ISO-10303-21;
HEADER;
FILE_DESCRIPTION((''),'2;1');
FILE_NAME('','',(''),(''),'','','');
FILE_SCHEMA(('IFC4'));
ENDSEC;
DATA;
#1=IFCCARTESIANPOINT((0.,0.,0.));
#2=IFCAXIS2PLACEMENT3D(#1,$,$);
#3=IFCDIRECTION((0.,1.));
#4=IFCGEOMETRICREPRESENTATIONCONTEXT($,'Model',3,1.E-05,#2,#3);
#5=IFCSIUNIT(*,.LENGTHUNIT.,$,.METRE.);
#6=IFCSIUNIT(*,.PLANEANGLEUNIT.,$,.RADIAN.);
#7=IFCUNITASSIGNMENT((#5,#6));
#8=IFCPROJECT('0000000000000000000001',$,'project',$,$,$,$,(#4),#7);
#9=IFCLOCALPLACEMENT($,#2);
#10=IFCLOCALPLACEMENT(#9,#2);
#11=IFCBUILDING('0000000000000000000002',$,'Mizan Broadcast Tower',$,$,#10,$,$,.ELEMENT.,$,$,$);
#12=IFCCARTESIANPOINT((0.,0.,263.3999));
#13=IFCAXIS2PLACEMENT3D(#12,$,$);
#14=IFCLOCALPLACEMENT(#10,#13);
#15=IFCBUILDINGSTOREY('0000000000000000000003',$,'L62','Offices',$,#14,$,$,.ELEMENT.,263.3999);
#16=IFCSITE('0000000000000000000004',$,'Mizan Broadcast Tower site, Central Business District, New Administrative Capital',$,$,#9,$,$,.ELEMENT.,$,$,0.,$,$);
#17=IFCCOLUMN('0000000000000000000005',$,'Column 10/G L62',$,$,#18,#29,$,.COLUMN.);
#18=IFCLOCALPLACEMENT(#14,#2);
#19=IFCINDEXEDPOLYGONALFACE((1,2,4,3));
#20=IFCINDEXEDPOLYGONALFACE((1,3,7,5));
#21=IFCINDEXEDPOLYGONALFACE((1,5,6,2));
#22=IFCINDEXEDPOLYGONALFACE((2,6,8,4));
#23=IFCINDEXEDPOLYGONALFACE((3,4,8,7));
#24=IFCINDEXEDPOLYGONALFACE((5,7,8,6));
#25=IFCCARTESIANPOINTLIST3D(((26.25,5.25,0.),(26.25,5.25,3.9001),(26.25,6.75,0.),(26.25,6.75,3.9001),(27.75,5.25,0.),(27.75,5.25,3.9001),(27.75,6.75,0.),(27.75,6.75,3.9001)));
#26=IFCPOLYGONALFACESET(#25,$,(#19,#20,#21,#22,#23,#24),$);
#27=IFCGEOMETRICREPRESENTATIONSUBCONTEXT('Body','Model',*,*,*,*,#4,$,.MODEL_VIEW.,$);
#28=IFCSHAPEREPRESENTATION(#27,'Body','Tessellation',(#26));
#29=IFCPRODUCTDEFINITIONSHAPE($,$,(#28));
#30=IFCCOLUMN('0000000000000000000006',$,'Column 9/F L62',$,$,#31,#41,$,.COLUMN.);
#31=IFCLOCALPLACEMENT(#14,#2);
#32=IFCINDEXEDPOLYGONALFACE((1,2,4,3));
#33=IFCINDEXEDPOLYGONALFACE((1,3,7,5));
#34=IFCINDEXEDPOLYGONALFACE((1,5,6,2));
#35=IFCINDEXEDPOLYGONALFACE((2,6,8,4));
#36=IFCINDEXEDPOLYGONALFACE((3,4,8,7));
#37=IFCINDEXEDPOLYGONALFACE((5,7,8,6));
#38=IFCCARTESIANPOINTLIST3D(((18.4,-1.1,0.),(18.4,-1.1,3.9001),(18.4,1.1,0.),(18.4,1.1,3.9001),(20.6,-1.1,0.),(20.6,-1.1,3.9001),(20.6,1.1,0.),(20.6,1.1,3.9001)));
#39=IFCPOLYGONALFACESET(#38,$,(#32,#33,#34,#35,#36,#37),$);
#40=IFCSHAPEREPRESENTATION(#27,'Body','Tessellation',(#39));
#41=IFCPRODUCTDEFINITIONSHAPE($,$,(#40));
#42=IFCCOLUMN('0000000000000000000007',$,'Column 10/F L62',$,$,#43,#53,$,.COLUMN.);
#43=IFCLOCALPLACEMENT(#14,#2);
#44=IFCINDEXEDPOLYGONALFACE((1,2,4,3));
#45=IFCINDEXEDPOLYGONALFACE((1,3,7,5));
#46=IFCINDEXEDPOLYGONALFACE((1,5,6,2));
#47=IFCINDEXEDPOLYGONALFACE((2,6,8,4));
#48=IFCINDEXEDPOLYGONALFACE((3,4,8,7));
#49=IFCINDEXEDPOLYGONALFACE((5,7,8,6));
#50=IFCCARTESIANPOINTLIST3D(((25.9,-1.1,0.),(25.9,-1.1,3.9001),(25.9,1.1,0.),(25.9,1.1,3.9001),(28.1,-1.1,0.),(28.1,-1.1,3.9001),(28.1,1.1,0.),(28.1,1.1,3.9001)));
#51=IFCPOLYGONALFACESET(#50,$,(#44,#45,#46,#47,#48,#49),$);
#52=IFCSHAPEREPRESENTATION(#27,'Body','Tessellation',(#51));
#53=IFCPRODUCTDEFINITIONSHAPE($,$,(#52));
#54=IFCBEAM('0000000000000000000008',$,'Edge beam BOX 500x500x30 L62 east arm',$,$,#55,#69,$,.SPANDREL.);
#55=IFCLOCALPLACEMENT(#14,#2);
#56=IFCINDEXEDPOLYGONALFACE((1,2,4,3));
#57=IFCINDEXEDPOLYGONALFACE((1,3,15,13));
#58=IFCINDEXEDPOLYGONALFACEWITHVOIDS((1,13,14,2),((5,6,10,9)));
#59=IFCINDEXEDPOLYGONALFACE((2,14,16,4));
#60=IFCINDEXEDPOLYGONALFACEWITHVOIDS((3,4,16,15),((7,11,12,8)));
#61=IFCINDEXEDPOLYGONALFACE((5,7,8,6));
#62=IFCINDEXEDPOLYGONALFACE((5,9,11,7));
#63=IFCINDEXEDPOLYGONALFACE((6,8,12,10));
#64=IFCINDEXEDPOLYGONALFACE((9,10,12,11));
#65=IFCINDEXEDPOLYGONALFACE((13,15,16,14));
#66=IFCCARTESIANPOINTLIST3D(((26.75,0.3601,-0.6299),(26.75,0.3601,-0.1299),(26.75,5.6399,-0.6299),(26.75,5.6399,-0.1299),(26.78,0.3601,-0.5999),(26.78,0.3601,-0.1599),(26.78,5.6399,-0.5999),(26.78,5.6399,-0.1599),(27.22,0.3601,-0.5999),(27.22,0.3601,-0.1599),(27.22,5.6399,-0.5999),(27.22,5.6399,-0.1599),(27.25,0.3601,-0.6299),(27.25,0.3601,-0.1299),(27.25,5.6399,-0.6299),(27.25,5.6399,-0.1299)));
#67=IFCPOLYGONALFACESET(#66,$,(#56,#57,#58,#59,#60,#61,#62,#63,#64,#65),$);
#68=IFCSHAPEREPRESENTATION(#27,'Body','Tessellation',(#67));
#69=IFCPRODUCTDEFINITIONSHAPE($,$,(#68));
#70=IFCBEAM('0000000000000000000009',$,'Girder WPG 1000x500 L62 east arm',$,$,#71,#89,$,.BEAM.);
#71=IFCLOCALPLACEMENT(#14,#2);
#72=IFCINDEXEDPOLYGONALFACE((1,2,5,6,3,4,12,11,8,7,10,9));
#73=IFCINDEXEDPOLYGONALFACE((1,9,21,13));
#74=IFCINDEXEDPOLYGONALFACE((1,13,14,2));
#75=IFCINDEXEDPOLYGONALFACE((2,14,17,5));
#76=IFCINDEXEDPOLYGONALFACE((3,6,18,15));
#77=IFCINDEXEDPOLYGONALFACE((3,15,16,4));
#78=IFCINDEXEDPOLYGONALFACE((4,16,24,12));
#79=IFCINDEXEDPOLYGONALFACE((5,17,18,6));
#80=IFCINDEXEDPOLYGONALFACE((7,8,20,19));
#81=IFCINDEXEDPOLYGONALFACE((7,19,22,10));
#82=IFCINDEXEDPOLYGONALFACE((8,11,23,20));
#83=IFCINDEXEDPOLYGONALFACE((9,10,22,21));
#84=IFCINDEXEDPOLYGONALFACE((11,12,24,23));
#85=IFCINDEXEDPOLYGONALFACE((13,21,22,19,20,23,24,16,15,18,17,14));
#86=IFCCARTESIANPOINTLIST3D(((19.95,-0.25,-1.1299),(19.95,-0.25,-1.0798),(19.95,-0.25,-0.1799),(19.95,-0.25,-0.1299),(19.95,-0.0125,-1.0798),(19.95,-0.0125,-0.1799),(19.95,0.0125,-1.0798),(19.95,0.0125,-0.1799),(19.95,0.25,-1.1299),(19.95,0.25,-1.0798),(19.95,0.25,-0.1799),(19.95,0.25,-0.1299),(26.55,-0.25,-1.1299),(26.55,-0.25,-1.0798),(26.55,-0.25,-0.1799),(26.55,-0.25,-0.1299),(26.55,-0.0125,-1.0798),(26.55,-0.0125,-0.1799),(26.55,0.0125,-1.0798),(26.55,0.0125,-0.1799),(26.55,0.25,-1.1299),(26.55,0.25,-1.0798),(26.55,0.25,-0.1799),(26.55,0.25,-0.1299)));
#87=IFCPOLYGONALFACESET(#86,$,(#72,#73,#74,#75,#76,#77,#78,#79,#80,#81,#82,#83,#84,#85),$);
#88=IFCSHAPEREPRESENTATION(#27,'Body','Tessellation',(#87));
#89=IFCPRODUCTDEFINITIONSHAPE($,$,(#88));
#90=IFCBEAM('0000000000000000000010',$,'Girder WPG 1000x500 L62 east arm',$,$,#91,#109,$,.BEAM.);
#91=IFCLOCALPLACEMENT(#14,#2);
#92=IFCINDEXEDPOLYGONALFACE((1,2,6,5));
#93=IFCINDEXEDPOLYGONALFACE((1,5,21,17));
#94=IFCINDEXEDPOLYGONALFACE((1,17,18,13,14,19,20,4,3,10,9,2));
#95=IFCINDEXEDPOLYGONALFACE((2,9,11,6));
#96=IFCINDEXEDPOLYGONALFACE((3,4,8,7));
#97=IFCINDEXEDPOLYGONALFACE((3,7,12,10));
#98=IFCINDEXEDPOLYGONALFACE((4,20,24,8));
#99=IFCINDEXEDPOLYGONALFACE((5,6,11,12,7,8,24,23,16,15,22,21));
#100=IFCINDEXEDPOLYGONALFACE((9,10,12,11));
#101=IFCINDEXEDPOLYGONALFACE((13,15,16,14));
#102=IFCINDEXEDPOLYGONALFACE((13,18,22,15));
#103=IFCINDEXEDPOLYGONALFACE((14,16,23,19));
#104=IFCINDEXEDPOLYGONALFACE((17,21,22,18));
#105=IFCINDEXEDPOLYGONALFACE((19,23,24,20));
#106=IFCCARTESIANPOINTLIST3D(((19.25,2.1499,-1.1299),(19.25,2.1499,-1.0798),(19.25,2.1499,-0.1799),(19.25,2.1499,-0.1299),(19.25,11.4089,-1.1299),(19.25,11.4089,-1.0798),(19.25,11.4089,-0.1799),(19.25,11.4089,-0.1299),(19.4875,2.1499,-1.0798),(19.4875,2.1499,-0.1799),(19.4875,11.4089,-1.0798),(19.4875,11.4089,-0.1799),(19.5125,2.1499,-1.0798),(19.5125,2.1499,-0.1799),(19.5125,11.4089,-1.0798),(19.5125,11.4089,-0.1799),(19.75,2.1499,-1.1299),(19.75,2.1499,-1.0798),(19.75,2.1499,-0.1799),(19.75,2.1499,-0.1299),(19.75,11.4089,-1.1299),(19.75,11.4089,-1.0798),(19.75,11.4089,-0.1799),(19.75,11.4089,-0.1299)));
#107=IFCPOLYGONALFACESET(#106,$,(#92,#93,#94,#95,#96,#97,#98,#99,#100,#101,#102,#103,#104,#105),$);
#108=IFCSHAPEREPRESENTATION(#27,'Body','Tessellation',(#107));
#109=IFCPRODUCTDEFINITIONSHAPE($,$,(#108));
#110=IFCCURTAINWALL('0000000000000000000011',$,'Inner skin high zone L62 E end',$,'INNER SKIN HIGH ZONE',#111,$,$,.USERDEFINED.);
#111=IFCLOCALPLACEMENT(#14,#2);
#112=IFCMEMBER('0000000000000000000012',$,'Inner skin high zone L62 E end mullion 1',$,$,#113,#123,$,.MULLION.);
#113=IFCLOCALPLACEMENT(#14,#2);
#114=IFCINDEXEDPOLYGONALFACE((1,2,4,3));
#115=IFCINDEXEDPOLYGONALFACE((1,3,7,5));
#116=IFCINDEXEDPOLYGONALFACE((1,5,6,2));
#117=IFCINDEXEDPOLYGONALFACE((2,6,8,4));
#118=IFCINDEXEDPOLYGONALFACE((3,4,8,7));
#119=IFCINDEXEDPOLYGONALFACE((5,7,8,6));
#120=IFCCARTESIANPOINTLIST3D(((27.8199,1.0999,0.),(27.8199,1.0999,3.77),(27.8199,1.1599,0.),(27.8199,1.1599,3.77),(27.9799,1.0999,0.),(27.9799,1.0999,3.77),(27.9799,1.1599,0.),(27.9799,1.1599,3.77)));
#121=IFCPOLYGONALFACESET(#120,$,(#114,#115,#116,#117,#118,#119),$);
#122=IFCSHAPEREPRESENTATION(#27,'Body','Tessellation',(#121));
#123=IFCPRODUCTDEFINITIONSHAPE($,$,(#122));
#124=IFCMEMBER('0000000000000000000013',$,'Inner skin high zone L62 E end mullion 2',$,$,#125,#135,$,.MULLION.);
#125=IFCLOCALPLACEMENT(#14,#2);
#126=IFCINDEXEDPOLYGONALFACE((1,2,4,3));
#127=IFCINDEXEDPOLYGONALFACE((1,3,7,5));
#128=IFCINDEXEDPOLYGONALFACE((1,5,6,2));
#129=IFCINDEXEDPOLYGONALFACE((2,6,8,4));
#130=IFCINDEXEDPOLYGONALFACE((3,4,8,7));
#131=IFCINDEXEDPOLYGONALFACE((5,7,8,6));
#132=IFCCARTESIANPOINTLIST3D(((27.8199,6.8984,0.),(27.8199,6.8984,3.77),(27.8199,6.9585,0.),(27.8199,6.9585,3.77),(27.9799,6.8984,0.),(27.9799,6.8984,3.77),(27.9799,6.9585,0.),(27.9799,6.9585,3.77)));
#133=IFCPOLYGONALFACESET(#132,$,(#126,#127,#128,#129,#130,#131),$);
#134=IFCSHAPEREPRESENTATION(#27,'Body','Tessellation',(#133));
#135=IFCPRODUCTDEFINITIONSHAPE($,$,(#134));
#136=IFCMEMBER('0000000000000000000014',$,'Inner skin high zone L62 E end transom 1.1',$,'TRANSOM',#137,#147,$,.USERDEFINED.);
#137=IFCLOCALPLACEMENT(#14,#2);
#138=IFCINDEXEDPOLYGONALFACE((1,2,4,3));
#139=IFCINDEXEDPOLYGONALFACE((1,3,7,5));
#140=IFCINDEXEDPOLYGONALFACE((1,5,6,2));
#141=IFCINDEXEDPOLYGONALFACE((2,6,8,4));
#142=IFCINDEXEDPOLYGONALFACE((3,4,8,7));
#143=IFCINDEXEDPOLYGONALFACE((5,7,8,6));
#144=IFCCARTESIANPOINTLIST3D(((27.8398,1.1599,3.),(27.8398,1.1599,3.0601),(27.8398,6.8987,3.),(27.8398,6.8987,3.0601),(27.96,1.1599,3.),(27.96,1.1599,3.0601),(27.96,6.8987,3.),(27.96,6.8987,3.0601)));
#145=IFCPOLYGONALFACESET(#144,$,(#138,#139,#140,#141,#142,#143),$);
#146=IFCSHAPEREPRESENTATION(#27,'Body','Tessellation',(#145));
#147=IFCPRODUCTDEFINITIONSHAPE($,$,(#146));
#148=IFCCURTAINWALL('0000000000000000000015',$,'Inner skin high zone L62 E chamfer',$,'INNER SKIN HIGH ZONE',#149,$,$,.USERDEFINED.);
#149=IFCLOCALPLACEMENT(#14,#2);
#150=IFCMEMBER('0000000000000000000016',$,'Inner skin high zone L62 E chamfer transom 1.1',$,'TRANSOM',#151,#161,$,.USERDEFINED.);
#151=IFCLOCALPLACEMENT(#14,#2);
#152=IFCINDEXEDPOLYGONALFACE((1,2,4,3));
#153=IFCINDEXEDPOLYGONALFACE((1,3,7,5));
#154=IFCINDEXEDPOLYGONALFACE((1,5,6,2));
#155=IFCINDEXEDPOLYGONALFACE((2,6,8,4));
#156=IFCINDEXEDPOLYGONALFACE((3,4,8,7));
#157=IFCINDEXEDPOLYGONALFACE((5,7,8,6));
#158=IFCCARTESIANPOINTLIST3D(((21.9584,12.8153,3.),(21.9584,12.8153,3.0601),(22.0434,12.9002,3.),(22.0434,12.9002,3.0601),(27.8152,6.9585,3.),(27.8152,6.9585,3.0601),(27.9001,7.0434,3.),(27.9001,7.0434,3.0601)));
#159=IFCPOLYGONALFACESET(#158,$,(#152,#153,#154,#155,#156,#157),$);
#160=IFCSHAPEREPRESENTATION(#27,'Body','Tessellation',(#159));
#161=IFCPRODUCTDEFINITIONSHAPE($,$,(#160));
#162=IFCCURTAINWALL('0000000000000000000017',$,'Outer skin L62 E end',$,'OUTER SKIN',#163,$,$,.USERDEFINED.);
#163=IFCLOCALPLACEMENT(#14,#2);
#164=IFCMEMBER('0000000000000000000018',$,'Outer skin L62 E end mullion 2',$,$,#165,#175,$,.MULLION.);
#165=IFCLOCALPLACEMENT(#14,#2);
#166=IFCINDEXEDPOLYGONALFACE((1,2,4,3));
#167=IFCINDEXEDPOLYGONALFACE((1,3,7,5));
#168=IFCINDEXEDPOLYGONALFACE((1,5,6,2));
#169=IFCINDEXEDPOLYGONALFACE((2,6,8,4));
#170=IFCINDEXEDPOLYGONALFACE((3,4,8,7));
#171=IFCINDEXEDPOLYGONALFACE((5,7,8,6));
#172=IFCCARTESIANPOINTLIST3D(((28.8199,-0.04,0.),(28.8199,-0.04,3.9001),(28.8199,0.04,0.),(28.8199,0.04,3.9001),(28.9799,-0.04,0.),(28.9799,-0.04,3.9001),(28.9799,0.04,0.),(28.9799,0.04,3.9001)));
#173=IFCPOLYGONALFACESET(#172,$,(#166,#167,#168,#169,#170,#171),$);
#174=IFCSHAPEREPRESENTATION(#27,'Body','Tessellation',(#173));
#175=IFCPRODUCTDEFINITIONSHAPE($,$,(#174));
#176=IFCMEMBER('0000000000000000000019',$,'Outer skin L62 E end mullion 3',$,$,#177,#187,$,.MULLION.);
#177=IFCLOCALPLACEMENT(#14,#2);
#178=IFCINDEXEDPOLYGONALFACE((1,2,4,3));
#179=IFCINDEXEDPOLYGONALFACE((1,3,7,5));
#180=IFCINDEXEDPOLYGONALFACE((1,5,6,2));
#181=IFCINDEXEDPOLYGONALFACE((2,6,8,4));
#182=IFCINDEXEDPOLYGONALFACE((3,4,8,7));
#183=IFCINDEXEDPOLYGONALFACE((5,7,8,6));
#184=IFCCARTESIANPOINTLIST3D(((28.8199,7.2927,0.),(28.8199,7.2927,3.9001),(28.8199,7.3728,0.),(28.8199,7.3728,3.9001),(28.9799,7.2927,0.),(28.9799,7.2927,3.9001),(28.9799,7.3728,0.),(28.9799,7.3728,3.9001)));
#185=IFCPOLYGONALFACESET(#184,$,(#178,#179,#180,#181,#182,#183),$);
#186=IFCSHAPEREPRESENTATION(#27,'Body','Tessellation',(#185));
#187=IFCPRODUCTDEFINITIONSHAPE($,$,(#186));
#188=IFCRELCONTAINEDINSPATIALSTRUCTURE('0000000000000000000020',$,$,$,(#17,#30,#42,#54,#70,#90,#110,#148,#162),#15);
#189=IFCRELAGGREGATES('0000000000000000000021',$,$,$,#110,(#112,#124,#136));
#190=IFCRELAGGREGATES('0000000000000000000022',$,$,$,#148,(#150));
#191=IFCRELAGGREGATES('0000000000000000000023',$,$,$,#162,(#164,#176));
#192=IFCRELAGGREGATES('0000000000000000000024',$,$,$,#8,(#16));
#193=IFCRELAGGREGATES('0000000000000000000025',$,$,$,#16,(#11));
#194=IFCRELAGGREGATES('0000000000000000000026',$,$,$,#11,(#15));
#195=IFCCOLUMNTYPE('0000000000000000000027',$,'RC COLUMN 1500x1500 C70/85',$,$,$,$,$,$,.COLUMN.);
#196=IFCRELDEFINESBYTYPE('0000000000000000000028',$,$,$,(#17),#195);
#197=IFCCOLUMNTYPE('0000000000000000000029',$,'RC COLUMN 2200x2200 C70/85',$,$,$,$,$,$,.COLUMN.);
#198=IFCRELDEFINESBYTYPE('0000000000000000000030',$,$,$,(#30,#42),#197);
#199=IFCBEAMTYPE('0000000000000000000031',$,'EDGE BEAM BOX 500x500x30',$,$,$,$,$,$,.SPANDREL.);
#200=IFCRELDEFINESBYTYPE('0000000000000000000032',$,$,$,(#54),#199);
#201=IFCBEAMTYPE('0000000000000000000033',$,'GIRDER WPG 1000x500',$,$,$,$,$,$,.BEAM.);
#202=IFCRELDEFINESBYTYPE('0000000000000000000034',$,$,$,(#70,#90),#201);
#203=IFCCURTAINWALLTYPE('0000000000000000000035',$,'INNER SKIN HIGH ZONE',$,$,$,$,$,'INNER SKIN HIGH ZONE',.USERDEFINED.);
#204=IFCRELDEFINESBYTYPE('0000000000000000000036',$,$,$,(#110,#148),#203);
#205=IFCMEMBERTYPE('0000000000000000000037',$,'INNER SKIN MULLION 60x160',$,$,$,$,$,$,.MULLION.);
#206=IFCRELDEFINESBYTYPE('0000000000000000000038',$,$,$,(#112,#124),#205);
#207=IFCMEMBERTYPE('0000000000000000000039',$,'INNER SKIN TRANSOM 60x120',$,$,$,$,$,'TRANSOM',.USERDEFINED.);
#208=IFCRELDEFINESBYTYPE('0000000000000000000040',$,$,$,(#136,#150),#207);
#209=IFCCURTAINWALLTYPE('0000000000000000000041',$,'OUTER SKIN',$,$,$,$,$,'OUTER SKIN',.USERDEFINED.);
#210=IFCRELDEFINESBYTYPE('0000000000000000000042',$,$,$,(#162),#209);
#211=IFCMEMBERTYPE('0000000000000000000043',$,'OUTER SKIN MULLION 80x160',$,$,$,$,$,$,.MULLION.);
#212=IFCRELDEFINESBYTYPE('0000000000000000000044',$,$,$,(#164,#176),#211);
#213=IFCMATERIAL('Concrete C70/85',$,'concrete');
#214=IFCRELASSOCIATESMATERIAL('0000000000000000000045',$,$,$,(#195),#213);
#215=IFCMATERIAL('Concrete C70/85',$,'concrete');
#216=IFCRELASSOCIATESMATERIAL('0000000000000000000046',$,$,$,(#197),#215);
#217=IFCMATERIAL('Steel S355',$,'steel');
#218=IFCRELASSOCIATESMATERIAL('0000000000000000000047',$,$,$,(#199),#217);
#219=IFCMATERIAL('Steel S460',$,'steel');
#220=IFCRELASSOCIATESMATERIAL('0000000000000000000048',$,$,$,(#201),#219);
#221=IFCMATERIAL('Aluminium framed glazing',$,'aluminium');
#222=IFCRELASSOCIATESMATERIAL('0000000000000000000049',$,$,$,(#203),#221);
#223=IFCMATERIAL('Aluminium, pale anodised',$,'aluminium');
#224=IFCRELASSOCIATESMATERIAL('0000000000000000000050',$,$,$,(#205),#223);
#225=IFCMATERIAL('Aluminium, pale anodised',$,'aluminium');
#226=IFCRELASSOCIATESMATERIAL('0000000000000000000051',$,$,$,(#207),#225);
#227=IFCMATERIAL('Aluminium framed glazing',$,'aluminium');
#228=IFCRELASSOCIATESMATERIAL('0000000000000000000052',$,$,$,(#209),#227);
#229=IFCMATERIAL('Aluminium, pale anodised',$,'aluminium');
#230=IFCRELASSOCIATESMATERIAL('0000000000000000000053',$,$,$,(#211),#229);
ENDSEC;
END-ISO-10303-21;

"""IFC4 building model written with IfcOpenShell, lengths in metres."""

from ifc_helpers import new_model, si_unit, direction, frame, origin, origin_2d, place, context, subcontext, project, spatial, rectangle, hollow_rectangle, i_section, extrude, material, material_profile, profile_set, type_object, element, aggregate, save


model = new_model("IFC4")

# Units and contexts
model_context = context("Model", 3, precision=1e-05, world=origin(), true_north=direction((0.0, 1.0)))
body_context = subcontext(model_context, "Body", "Model", "MODEL_VIEW")
ifc_project = project(units=[si_unit("LENGTHUNIT", "METRE"), si_unit("PLANEANGLEUNIT", "RADIAN")], contexts=[model_context])

# Site, building, storey
site_placement = place(None, origin())
site = spatial("IfcSite", under=ifc_project, at=site_placement, Name="Mizan Broadcast Tower site, Central Business District, New Administrative Capital", CompositionType="ELEMENT", RefElevation=0.0)
building_placement = place(site_placement, origin())
building = spatial("IfcBuilding", under=site, at=building_placement, Name="Mizan Broadcast Tower", CompositionType="ELEMENT")
storey_placement = place(building_placement, frame((0.0, 0.0, 263.3999)))
storey = spatial("IfcBuildingStorey", under=building, at=storey_placement, Name="L62", Description="Offices", CompositionType="ELEMENT", Elevation=263.3999)

# Columns
ifc_material_1 = material(Name="Concrete C70/85", Category="concrete")
ifc_material_profile_1 = material_profile(ifc_material_1, rectangle(XDim=1.5, YDim=1.5, at=origin_2d()), Name="RC 1500x1500")
ifc_profile_set_1 = profile_set([ifc_material_profile_1], Name="Concrete C70/85")
column_type_1 = type_object("IfcColumnType", Name="RC COLUMN 1500x1500 C70/85", PredefinedType="COLUMN", material=ifc_profile_set_1)
column_placement = place(storey_placement, frame((27.0, 6.0, 0.0), z_axis=(0.0, 0.0, 1.0), x_axis=(1.0, 0.0, 0.0)))
element("IfcColumn", 1, at=column_placement, inside=storey, type_object=column_type_1, Name="Column 10/G L62", PredefinedType="COLUMN", context=body_context, shape_type="SweptSolid", body=[
    extrude(rectangle(XDim=1.5, YDim=1.5, at=origin_2d()), origin(), (0.0, 0.0, 1.0), 3.9001),
])
ifc_material_2 = material(Name="Concrete C70/85", Category="concrete")
ifc_material_profile_2 = material_profile(ifc_material_2, rectangle(XDim=2.2, YDim=2.2, at=origin_2d()), Name="RC 2200x2200")
ifc_profile_set_2 = profile_set([ifc_material_profile_2], Name="Concrete C70/85")
column_type_2 = type_object("IfcColumnType", Name="RC COLUMN 2200x2200 C70/85", PredefinedType="COLUMN", material=ifc_profile_set_2)
for number, where, z_axis, x_axis, name in (
    (2, (19.5, 0.0, 0.0), (0.0, 0.0, 1.0), (1.0, 0.0, 0.0), "Column 9/F L62"),
    (3, (27.0, 0.0, 0.0), (0.0, 0.0, 1.0), (1.0, 0.0, 0.0), "Column 10/F L62"),
):
    element("IfcColumn", number, at=place(storey_placement, frame(where, z_axis=z_axis, x_axis=x_axis)), inside=storey, type_object=column_type_2, Name=name, PredefinedType="COLUMN", context=body_context, shape_type="SweptSolid", body=[
        extrude(rectangle(XDim=2.2, YDim=2.2, at=origin_2d()), origin(), (0.0, 0.0, 1.0), 3.9001),
    ])

# Beams
ifc_material_3 = material(Name="Steel S355", Category="steel")
ifc_material_profile_3 = material_profile(ifc_material_3, hollow_rectangle(XDim=0.5, YDim=0.5, WallThickness=0.03, at=origin_2d()), Name="BOX 500x500x30")
ifc_profile_set_3 = profile_set([ifc_material_profile_3], Name="Steel S355")
beam_type_1 = type_object("IfcBeamType", Name="EDGE BEAM BOX 500x500x30", PredefinedType="SPANDREL", material=ifc_profile_set_3)
beam_1_placement = place(storey_placement, frame((27.0, 5.6399, -0.3799), z_axis=(0.0, -1.0, 0.0), x_axis=(1.0, 0.0, 0.0)))
element("IfcBeam", 4, at=beam_1_placement, inside=storey, type_object=beam_type_1, Name="Edge beam BOX 500x500x30 L62 east arm", PredefinedType="SPANDREL", context=body_context, shape_type="SweptSolid", body=[
    extrude(hollow_rectangle(XDim=0.5, YDim=0.5, WallThickness=0.03, at=origin_2d()), origin(), (0.0, 0.0, 1.0), 5.2798),
])
ifc_material_4 = material(Name="Steel S460", Category="steel")
ifc_material_profile_4 = material_profile(ifc_material_4, i_section(OverallWidth=0.5, OverallDepth=1.0, WebThickness=0.0249, FlangeThickness=0.05, at=origin_2d()), Name="WPG 1000x500")
ifc_profile_set_4 = profile_set([ifc_material_profile_4], Name="Steel S460")
beam_type_2 = type_object("IfcBeamType", Name="GIRDER WPG 1000x500", PredefinedType="BEAM", material=ifc_profile_set_4)
beam_2_placement = place(storey_placement, frame((19.95, 0.0, -0.6299), z_axis=(1.0, 0.0, 0.0), x_axis=(0.0, 1.0, 0.0)))
element("IfcBeam", 5, at=beam_2_placement, inside=storey, type_object=beam_type_2, Name="Girder WPG 1000x500 L62 east arm", PredefinedType="BEAM", context=body_context, shape_type="SweptSolid", body=[
    extrude(i_section(OverallWidth=0.5, OverallDepth=1.0, WebThickness=0.0249, FlangeThickness=0.05, at=origin_2d()), origin(), (0.0, 0.0, 1.0), 6.6001),
])
beam_3_placement = place(storey_placement, frame((19.5, 11.4089, -0.6299), z_axis=(0.0, -1.0, 0.0), x_axis=(1.0, 0.0, 0.0)))
element("IfcBeam", 6, at=beam_3_placement, inside=storey, type_object=beam_type_2, Name="Girder WPG 1000x500 L62 east arm", PredefinedType="BEAM", context=body_context, shape_type="SweptSolid", body=[
    extrude(i_section(OverallWidth=0.5, OverallDepth=1.0, WebThickness=0.0249, FlangeThickness=0.05, at=origin_2d()), origin(), (0.0, 0.0, 1.0), 9.259),
])

# Curtain wall, members
ifc_material_5 = material(Name="Aluminium framed glazing", Category="aluminium")
curtain_wall_type_1 = type_object("IfcCurtainWallType", Name="INNER SKIN HIGH ZONE", ElementType="INNER SKIN HIGH ZONE", PredefinedType="USERDEFINED", material=ifc_material_5)
curtain_wall_1_placement = place(storey_placement, origin())
curtain_wall_1 = element("IfcCurtainWall", 7, at=curtain_wall_1_placement, inside=storey, type_object=curtain_wall_type_1, Name="Inner skin high zone L62 E end", ObjectType="INNER SKIN HIGH ZONE", PredefinedType="USERDEFINED")
ifc_material_6 = material(Name="Aluminium, pale anodised", Category="aluminium")
ifc_material_profile_5 = material_profile(ifc_material_6, rectangle(XDim=0.1599, YDim=0.0601, at=origin_2d()), Name="MULLION 160x60")
ifc_profile_set_5 = profile_set([ifc_material_profile_5], Name="Aluminium, pale anodised")
member_type_1 = type_object("IfcMemberType", Name="INNER SKIN MULLION 60x160", PredefinedType="MULLION", material=ifc_profile_set_5)
member_1_placement = place(storey_placement, frame((27.8999, 1.1299, 0.0), z_axis=(0.0, 0.0, 1.0), x_axis=(-1.0, 0.0, 0.0)))
member_1 = element("IfcMember", 8, at=member_1_placement, type_object=member_type_1, Name="Inner skin high zone L62 E end mullion 1", PredefinedType="MULLION", context=body_context, shape_type="SweptSolid", body=[
    extrude(rectangle(XDim=0.1599, YDim=0.0601, at=origin_2d()), origin(), (0.0, 0.0, 1.0), 3.77),
])
member_2_placement = place(storey_placement, frame((27.8999, 6.9285, 0.0), z_axis=(0.0, 0.0, 1.0), x_axis=(-1.0, 0.0, 0.0)))
member_2 = element("IfcMember", 9, at=member_2_placement, type_object=member_type_1, Name="Inner skin high zone L62 E end mullion 2", PredefinedType="MULLION", context=body_context, shape_type="SweptSolid", body=[
    extrude(rectangle(XDim=0.1599, YDim=0.0601, at=origin_2d()), origin(), (0.0, 0.0, 1.0), 3.77),
])
ifc_material_7 = material(Name="Aluminium, pale anodised", Category="aluminium")
ifc_material_profile_6 = material_profile(ifc_material_7, rectangle(XDim=0.1201, YDim=0.0601, at=origin_2d()), Name="TRANSOM 120x60")
ifc_profile_set_6 = profile_set([ifc_material_profile_6], Name="Aluminium, pale anodised")
member_type_2 = type_object("IfcMemberType", Name="INNER SKIN TRANSOM 60x120", ElementType="TRANSOM", PredefinedType="USERDEFINED", material=ifc_profile_set_6)
member_3_placement = place(storey_placement, frame((27.8999, 1.1599, 3.03), z_axis=(0.0, 1.0, 0.0), x_axis=(-1.0, 0.0, 0.0)))
member_3 = element("IfcMember", 10, at=member_3_placement, type_object=member_type_2, Name="Inner skin high zone L62 E end transom 1.1", ObjectType="TRANSOM", PredefinedType="USERDEFINED", context=body_context, shape_type="SweptSolid", body=[
    extrude(rectangle(XDim=0.1201, YDim=0.0601, at=origin_2d()), origin(), (0.0, 0.0, 1.0), 5.7388),
])

# Curtain wall, member
curtain_wall_2_placement = place(storey_placement, origin())
curtain_wall_2 = element("IfcCurtainWall", 11, at=curtain_wall_2_placement, inside=storey, type_object=curtain_wall_type_1, Name="Inner skin high zone L62 E chamfer", ObjectType="INNER SKIN HIGH ZONE", PredefinedType="USERDEFINED")
member_4_placement = place(storey_placement, frame((27.8577, 7.001, 3.03), z_axis=(-0.707107, 0.707107, 0.0), x_axis=(-0.707107, -0.707107, 0.0)))
member_4 = element("IfcMember", 12, at=member_4_placement, type_object=member_type_2, Name="Inner skin high zone L62 E chamfer transom 1.1", ObjectType="TRANSOM", PredefinedType="USERDEFINED", context=body_context, shape_type="SweptSolid", body=[
    extrude(rectangle(XDim=0.1201, YDim=0.0601, at=origin_2d()), origin(), (0.0, 0.0, 1.0), 8.2827),
])

# Curtain wall, members
ifc_material_8 = material(Name="Aluminium framed glazing", Category="aluminium")
curtain_wall_type_2 = type_object("IfcCurtainWallType", Name="OUTER SKIN", ElementType="OUTER SKIN", PredefinedType="USERDEFINED", material=ifc_material_8)
curtain_wall_3_placement = place(storey_placement, origin())
curtain_wall_3 = element("IfcCurtainWall", 13, at=curtain_wall_3_placement, inside=storey, type_object=curtain_wall_type_2, Name="Outer skin L62 E end", ObjectType="OUTER SKIN", PredefinedType="USERDEFINED")
ifc_material_9 = material(Name="Aluminium, pale anodised", Category="aluminium")
ifc_material_profile_7 = material_profile(ifc_material_9, rectangle(XDim=0.1599, YDim=0.0801, at=origin_2d()), Name="MULLION 160x80")
ifc_profile_set_7 = profile_set([ifc_material_profile_7], Name="Aluminium, pale anodised")
member_type_3 = type_object("IfcMemberType", Name="OUTER SKIN MULLION 80x160", PredefinedType="MULLION", material=ifc_profile_set_7)
member_5_placement = place(storey_placement, frame((28.8999, 0.0, 0.0), z_axis=(0.0, 0.0, 1.0), x_axis=(-1.0, 0.0, 0.0)))
member_5 = element("IfcMember", 14, at=member_5_placement, type_object=member_type_3, Name="Outer skin L62 E end mullion 2", PredefinedType="MULLION", context=body_context, shape_type="SweptSolid", body=[
    extrude(rectangle(XDim=0.1599, YDim=0.0801, at=origin_2d()), origin(), (0.0, 0.0, 1.0), 3.9001),
])
member_6_placement = place(storey_placement, frame((28.8999, 7.3328, 0.0), z_axis=(0.0, 0.0, 1.0), x_axis=(-1.0, 0.0, 0.0)))
member_6 = element("IfcMember", 15, at=member_6_placement, type_object=member_type_3, Name="Outer skin L62 E end mullion 3", PredefinedType="MULLION", context=body_context, shape_type="SweptSolid", body=[
    extrude(rectangle(XDim=0.1599, YDim=0.0801, at=origin_2d()), origin(), (0.0, 0.0, 1.0), 3.9001),
])

aggregate(curtain_wall_1, [member_1, member_2, member_3])
aggregate(curtain_wall_2, [member_4])
aggregate(curtain_wall_3, [member_5, member_6])

save(model, "model.ifc")
